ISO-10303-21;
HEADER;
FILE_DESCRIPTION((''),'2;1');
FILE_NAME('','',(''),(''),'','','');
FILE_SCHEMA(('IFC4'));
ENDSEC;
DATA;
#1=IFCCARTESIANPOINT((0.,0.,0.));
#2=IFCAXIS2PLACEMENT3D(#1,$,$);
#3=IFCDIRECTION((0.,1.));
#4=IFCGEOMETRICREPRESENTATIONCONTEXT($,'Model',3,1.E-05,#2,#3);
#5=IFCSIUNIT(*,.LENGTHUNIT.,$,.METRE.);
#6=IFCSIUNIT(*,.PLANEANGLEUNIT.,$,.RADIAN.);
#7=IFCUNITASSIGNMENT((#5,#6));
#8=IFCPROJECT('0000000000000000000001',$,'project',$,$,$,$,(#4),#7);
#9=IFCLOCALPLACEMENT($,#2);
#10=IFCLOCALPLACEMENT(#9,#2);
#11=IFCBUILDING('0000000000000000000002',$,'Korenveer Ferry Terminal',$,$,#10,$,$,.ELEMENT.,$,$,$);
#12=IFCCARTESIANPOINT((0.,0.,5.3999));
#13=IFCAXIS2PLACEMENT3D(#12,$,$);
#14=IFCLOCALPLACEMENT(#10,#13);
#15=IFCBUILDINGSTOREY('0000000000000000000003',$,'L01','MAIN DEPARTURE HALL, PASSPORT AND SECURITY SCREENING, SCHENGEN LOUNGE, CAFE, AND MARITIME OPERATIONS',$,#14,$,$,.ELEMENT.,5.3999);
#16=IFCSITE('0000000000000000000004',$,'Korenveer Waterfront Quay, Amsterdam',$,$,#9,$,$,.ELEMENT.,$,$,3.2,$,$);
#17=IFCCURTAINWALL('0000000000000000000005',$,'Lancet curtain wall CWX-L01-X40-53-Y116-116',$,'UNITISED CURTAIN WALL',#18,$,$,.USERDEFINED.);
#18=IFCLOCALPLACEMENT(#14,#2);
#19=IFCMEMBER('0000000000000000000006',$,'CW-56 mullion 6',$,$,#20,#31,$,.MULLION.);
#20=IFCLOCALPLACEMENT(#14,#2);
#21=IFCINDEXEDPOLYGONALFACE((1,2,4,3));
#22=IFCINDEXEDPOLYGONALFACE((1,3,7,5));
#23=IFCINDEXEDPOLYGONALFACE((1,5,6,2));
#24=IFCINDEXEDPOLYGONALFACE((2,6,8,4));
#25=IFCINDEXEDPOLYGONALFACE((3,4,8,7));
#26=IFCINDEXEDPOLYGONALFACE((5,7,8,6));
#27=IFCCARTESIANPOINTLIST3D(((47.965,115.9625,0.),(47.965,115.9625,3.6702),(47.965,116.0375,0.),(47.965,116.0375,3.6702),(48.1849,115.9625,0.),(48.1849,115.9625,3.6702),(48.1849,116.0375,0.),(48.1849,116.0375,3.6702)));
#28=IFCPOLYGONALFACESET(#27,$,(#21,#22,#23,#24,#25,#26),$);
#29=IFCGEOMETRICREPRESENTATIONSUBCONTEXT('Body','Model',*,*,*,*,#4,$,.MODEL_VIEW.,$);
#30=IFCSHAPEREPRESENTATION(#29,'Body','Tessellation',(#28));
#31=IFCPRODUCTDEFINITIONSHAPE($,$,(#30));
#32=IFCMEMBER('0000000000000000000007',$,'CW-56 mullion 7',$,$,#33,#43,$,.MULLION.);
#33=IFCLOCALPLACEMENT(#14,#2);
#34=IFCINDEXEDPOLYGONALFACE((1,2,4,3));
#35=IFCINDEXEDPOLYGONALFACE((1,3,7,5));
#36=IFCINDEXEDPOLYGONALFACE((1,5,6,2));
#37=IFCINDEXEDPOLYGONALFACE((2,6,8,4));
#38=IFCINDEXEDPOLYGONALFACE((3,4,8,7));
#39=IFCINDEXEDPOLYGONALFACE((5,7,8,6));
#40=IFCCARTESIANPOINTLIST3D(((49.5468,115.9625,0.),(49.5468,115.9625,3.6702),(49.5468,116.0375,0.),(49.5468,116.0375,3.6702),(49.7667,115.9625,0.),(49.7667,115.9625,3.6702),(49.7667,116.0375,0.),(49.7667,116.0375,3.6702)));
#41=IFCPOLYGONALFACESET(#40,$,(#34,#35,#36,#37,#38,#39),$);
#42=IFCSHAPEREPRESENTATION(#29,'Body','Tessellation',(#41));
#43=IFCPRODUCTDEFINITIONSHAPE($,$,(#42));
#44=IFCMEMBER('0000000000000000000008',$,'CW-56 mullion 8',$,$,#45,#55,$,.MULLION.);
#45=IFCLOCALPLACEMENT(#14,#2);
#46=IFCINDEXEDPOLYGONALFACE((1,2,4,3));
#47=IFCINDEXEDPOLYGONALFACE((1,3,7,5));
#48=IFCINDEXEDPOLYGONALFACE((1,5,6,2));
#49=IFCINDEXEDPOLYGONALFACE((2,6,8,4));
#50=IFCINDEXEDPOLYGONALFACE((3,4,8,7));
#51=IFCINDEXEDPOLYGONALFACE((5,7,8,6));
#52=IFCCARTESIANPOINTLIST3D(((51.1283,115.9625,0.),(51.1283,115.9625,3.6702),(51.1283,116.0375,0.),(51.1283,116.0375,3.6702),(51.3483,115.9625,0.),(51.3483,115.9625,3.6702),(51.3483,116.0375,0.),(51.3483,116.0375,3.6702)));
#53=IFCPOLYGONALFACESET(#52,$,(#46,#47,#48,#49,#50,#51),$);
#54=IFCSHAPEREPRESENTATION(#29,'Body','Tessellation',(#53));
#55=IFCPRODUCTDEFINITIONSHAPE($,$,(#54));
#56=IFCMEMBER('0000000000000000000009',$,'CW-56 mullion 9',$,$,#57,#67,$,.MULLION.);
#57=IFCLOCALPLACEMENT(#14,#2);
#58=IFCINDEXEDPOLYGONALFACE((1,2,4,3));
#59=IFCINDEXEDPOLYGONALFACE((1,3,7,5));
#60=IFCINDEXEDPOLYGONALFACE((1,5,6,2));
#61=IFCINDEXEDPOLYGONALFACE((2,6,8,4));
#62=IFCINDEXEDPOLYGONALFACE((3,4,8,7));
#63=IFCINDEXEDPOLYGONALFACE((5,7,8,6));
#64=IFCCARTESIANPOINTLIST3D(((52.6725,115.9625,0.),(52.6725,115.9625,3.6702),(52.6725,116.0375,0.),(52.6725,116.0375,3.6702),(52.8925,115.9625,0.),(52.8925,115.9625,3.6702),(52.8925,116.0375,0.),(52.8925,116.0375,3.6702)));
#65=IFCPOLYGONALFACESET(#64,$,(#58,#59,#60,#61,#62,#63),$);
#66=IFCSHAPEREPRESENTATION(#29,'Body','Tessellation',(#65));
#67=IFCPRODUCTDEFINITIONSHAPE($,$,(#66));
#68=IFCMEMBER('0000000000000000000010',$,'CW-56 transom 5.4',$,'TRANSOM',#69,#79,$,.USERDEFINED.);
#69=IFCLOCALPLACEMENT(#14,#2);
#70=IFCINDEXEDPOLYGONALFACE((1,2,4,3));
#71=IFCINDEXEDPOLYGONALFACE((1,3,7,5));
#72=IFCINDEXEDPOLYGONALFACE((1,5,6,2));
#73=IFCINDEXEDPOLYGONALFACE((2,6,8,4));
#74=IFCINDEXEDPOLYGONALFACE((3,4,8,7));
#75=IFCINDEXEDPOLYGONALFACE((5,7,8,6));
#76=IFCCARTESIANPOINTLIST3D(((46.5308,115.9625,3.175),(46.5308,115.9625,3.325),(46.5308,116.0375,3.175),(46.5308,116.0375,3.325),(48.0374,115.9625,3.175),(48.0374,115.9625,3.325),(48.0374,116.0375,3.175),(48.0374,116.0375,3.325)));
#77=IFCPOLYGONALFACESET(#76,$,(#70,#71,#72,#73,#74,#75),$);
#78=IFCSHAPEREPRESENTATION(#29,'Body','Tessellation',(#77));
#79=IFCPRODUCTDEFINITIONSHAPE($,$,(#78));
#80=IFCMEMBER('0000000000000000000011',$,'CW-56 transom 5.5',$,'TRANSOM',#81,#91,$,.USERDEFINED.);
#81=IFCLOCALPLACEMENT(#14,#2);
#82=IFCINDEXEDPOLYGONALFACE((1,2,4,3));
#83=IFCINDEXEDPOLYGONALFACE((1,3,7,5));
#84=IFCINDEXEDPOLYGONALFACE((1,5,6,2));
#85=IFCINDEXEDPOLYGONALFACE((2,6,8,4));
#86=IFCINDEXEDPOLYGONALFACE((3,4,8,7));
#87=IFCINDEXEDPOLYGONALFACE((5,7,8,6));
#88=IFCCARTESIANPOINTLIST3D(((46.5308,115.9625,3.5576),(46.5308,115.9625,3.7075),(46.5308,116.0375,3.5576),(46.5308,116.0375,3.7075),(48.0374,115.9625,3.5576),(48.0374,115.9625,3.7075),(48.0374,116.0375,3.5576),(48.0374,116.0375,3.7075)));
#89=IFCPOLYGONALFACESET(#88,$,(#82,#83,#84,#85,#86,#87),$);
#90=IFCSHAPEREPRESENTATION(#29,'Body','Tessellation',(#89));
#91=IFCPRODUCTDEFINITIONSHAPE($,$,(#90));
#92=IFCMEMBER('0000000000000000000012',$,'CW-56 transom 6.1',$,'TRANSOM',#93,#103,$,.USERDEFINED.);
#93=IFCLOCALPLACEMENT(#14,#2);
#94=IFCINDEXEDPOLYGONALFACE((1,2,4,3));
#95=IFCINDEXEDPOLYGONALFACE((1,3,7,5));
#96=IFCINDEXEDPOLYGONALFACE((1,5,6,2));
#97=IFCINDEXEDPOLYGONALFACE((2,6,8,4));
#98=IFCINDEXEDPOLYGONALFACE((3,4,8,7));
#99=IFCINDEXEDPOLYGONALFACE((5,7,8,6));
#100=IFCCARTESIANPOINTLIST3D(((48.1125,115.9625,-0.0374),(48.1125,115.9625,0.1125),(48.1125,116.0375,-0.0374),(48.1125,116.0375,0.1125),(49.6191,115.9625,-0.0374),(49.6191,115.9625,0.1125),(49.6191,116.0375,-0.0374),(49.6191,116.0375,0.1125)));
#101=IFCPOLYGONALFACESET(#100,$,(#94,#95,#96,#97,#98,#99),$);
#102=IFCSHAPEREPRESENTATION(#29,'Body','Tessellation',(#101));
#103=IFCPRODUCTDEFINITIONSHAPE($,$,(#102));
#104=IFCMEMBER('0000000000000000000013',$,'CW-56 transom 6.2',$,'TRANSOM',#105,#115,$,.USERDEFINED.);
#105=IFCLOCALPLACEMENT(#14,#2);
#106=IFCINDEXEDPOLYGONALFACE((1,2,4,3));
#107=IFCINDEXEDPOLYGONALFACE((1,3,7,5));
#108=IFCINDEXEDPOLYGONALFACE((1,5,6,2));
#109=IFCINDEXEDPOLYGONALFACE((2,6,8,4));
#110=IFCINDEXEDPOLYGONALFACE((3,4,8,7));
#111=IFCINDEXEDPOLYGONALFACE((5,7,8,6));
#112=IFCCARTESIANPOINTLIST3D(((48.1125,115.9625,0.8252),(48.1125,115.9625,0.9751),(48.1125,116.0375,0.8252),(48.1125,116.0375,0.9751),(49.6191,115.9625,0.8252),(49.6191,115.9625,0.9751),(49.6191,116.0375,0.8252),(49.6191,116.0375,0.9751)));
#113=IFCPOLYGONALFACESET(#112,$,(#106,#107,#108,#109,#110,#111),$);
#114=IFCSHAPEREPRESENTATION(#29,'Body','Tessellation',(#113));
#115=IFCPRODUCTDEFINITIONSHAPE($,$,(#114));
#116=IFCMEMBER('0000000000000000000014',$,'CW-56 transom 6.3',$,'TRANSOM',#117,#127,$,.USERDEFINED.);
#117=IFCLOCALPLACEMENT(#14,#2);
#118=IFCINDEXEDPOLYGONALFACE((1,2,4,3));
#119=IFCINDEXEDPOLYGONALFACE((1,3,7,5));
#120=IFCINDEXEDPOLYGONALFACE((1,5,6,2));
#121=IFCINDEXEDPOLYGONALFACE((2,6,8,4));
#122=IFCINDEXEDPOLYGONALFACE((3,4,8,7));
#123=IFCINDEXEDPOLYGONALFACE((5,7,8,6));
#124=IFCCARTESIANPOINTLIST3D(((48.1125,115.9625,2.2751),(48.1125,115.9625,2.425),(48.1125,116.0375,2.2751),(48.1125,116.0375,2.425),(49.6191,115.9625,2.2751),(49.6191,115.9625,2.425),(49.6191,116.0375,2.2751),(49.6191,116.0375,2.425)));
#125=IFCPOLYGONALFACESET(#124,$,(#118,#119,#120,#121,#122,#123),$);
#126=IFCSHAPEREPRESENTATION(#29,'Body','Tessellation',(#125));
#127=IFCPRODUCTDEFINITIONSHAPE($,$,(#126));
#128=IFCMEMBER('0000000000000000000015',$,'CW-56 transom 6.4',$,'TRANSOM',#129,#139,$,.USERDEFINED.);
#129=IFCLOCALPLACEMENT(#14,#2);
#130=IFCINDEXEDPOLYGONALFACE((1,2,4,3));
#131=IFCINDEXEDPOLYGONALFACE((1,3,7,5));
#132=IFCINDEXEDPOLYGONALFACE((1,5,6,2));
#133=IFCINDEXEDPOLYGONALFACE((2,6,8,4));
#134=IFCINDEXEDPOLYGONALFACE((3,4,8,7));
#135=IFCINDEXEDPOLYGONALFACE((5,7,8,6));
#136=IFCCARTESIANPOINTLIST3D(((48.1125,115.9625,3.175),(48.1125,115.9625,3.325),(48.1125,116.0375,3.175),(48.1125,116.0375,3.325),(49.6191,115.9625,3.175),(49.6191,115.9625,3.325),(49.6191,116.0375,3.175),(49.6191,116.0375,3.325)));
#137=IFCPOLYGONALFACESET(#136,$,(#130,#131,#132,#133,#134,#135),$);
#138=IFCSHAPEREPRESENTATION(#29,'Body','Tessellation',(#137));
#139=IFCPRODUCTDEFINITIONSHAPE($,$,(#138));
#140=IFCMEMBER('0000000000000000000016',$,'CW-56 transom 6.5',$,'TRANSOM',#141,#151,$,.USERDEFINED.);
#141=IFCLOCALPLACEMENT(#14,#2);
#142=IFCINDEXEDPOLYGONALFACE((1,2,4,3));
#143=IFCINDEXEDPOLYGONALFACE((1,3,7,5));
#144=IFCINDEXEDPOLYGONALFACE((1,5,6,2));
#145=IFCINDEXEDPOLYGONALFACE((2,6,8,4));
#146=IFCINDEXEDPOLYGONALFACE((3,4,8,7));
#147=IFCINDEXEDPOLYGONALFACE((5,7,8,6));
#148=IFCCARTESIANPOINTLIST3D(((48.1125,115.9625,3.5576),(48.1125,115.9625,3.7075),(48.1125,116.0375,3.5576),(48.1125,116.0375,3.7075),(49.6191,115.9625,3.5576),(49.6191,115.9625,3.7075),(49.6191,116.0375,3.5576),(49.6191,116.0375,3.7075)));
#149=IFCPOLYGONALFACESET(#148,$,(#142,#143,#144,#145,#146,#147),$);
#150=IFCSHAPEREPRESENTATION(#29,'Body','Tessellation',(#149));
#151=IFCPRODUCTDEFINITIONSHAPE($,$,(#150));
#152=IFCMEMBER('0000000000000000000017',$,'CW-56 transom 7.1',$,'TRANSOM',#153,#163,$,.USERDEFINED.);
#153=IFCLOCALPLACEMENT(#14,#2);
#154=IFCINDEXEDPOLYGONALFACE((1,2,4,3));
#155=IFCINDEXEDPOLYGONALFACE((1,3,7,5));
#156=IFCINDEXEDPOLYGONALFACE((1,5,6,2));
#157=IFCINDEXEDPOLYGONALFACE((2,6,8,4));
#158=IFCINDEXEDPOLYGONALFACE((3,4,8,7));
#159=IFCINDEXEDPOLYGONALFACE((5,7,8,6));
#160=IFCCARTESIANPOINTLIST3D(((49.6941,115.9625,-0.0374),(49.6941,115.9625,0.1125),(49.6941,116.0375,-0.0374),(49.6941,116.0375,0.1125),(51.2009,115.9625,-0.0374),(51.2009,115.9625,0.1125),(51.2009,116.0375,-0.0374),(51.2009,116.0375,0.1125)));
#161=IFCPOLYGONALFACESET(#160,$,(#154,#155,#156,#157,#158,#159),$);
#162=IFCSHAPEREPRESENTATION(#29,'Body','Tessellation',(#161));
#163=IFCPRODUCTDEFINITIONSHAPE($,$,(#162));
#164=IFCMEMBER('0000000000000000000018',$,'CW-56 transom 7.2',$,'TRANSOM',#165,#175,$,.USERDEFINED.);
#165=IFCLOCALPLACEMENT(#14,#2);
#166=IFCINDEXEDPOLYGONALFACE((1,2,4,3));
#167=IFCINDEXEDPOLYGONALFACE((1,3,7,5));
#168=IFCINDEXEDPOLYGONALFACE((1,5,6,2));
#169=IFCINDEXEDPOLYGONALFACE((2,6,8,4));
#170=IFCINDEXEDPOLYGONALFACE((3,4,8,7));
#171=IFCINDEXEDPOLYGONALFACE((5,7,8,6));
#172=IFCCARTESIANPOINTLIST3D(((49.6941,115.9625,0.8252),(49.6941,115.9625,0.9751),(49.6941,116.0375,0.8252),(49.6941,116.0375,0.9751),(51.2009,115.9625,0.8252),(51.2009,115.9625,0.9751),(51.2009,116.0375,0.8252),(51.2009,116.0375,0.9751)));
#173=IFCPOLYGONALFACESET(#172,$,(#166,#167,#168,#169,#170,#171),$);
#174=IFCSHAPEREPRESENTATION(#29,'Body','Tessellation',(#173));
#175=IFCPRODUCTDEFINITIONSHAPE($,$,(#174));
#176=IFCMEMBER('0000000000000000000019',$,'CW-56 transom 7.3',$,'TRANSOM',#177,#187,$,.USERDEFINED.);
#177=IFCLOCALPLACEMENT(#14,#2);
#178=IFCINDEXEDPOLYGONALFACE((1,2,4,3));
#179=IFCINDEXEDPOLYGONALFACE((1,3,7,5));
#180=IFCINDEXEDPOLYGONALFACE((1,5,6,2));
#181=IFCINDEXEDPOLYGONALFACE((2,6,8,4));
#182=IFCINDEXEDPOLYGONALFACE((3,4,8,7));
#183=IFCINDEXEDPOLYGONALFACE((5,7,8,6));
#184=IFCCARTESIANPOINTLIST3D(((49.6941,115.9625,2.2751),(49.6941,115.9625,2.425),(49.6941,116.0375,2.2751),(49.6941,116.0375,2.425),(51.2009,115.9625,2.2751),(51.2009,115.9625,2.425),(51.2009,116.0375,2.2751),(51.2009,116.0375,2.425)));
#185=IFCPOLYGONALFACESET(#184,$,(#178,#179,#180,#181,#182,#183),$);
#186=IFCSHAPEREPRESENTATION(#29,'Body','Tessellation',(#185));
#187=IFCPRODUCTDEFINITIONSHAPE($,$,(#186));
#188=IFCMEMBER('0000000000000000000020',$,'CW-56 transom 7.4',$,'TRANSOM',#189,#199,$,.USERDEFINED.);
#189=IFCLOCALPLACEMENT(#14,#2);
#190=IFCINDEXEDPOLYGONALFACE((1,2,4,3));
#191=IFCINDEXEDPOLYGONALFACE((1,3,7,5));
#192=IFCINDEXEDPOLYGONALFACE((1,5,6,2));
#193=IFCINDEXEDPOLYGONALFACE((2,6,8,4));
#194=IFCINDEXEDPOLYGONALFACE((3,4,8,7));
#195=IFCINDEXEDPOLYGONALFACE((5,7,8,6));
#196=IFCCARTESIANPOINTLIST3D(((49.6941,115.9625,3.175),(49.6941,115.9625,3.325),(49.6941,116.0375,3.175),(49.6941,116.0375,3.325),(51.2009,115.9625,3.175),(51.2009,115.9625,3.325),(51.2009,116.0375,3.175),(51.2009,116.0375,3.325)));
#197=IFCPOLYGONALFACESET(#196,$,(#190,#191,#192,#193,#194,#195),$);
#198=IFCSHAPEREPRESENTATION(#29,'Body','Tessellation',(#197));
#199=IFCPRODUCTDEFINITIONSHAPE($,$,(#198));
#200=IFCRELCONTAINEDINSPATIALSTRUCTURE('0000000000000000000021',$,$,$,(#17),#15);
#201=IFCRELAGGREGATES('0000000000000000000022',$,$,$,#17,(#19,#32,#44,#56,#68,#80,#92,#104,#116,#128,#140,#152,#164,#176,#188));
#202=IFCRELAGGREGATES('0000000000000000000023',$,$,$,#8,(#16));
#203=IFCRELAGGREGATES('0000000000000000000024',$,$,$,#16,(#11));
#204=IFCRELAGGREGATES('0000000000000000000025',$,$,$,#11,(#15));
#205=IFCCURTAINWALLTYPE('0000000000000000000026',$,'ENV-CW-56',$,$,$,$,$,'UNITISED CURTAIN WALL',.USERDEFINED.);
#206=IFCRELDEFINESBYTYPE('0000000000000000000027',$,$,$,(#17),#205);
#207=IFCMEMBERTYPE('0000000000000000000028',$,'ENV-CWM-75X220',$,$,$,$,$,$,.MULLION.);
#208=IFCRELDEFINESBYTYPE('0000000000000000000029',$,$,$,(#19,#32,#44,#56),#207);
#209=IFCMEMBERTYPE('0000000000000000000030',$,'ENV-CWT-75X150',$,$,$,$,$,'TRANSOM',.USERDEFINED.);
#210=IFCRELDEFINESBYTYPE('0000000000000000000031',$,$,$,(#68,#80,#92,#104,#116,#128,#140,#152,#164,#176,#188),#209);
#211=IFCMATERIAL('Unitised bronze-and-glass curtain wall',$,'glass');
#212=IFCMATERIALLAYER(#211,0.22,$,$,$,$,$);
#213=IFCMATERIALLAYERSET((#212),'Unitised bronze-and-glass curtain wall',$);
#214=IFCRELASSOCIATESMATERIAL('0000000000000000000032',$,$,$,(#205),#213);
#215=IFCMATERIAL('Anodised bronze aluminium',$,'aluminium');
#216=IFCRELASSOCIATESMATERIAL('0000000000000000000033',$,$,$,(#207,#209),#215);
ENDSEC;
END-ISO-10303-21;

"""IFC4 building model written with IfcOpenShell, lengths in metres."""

from ifc_helpers import new_model, si_unit, direction, frame, origin, origin_2d, place, context, subcontext, project, spatial, rectangle, extrude, material, layer, layer_set, material_profile, profile_set, type_object, element, aggregate, save


model = new_model("IFC4")

# Units and contexts
model_context = context("Model", 3, precision=1e-05, world=origin(), true_north=direction((0.0, 1.0)))
body_context = subcontext(model_context, "Body", "Model", "MODEL_VIEW")
ifc_project = project(units=[si_unit("LENGTHUNIT", "METRE"), si_unit("PLANEANGLEUNIT", "RADIAN")], contexts=[model_context])

# Site, building, storey
site_placement = place(None, origin())
site = spatial("IfcSite", under=ifc_project, at=site_placement, Name="Korenveer Waterfront Quay, Amsterdam", CompositionType="ELEMENT", RefElevation=3.2)
building_placement = place(site_placement, origin())
building = spatial("IfcBuilding", under=site, at=building_placement, Name="Korenveer Ferry Terminal", CompositionType="ELEMENT")
storey_placement = place(building_placement, frame((0.0, 0.0, 5.3999)))
storey = spatial("IfcBuildingStorey", under=building, at=storey_placement, Name="L01", Description="MAIN DEPARTURE HALL, PASSPORT AND SECURITY SCREENING, SCHENGEN LOUNGE, CAFE, AND MARITIME OPERATIONS", CompositionType="ELEMENT", Elevation=5.3999)

# Curtain wall, members
ifc_material_1 = material(Name="Unitised bronze-and-glass curtain wall", Category="glass")
ifc_layer_1 = layer(ifc_material_1, 0.22)
ifc_layer_set_1 = layer_set([ifc_layer_1], Name="Unitised bronze-and-glass curtain wall")
curtain_wall_type = type_object("IfcCurtainWallType", Name="ENV-CW-56", ElementType="UNITISED CURTAIN WALL", PredefinedType="USERDEFINED", material=ifc_layer_set_1)
curtain_wall_placement = place(storey_placement, frame((40.1665, 116.0, 0.0)))
curtain_wall = element("IfcCurtainWall", 1, at=curtain_wall_placement, inside=storey, type_object=curtain_wall_type, Name="Lancet curtain wall CWX-L01-X40-53-Y116-116", ObjectType="UNITISED CURTAIN WALL", PredefinedType="USERDEFINED")
ifc_material_2 = material(Name="Anodised bronze aluminium", Category="aluminium")
ifc_material_profile_1 = material_profile(ifc_material_2, rectangle(XDim=0.075, YDim=0.22, at=origin_2d()), Name="ALU 75x220")
ifc_profile_set_1 = profile_set([ifc_material_profile_1], Name="Anodised bronze aluminium")
member_type_1 = type_object("IfcMemberType", Name="ENV-CWM-75X220", PredefinedType="MULLION", material=ifc_profile_set_1)
member_1_placement = place(storey_placement, frame((48.075, 116.0, 0.0), z_axis=(0.0, 0.0, 1.0), x_axis=(0.0, 1.0, 0.0)))
member_1 = element("IfcMember", 2, at=member_1_placement, type_object=member_type_1, Name="CW-56 mullion 6", PredefinedType="MULLION", context=body_context, shape_type="SweptSolid", body=[
    extrude(rectangle(XDim=0.075, YDim=0.22, at=origin_2d()), origin(), (0.0, 0.0, 1.0), 3.6702),
])
member_2_placement = place(storey_placement, frame((49.6567, 116.0, 0.0), z_axis=(0.0, 0.0, 1.0), x_axis=(0.0, 1.0, 0.0)))
member_2 = element("IfcMember", 3, at=member_2_placement, type_object=member_type_1, Name="CW-56 mullion 7", PredefinedType="MULLION", context=body_context, shape_type="SweptSolid", body=[
    extrude(rectangle(XDim=0.075, YDim=0.22, at=origin_2d()), origin(), (0.0, 0.0, 1.0), 3.6702),
])
member_3_placement = place(storey_placement, frame((51.2383, 116.0, 0.0), z_axis=(0.0, 0.0, 1.0), x_axis=(0.0, 1.0, 0.0)))
member_3 = element("IfcMember", 4, at=member_3_placement, type_object=member_type_1, Name="CW-56 mullion 8", PredefinedType="MULLION", context=body_context, shape_type="SweptSolid", body=[
    extrude(rectangle(XDim=0.075, YDim=0.22, at=origin_2d()), origin(), (0.0, 0.0, 1.0), 3.6702),
])
member_4_placement = place(storey_placement, frame((52.7825, 116.0, 0.0), z_axis=(0.0, 0.0, 1.0), x_axis=(0.0, 1.0, 0.0)))
member_4 = element("IfcMember", 5, at=member_4_placement, type_object=member_type_1, Name="CW-56 mullion 9", PredefinedType="MULLION", context=body_context, shape_type="SweptSolid", body=[
    extrude(rectangle(XDim=0.075, YDim=0.22, at=origin_2d()), origin(), (0.0, 0.0, 1.0), 3.6702),
])
ifc_material_profile_2 = material_profile(ifc_material_2, rectangle(XDim=0.075, YDim=0.1499, at=origin_2d()), Name="ALU 75x150")
ifc_profile_set_2 = profile_set([ifc_material_profile_2], Name="Anodised bronze aluminium")
member_type_2 = type_object("IfcMemberType", Name="ENV-CWT-75X150", ElementType="TRANSOM", PredefinedType="USERDEFINED", material=ifc_profile_set_2)
member_5_placement = place(storey_placement, frame((46.5308, 116.0, 3.25), z_axis=(1.0, 0.0, 0.0), x_axis=(0.0, 1.0, 0.0)))
member_5 = element("IfcMember", 6, at=member_5_placement, type_object=member_type_2, Name="CW-56 transom 5.4", ObjectType="TRANSOM", PredefinedType="USERDEFINED", context=body_context, shape_type="SweptSolid", body=[
    extrude(rectangle(XDim=0.075, YDim=0.1499, at=origin_2d()), origin(), (0.0, 0.0, 1.0), 1.5066),
])
member_6_placement = place(storey_placement, frame((46.5308, 116.0, 3.6326), z_axis=(1.0, 0.0, 0.0), x_axis=(0.0, 1.0, 0.0)))
member_6 = element("IfcMember", 7, at=member_6_placement, type_object=member_type_2, Name="CW-56 transom 5.5", ObjectType="TRANSOM", PredefinedType="USERDEFINED", context=body_context, shape_type="SweptSolid", body=[
    extrude(rectangle(XDim=0.075, YDim=0.1499, at=origin_2d()), origin(), (0.0, 0.0, 1.0), 1.5066),
])
member_7_placement = place(storey_placement, frame((48.1125, 116.0, 0.0376), z_axis=(1.0, 0.0, 0.0), x_axis=(0.0, 1.0, 0.0)))
member_7 = element("IfcMember", 8, at=member_7_placement, type_object=member_type_2, Name="CW-56 transom 6.1", ObjectType="TRANSOM", PredefinedType="USERDEFINED", context=body_context, shape_type="SweptSolid", body=[
    extrude(rectangle(XDim=0.075, YDim=0.1499, at=origin_2d()), origin(), (0.0, 0.0, 1.0), 1.5066),
])
member_8_placement = place(storey_placement, frame((48.1125, 116.0, 0.9001), z_axis=(1.0, 0.0, 0.0), x_axis=(0.0, 1.0, 0.0)))
member_8 = element("IfcMember", 9, at=member_8_placement, type_object=member_type_2, Name="CW-56 transom 6.2", ObjectType="TRANSOM", PredefinedType="USERDEFINED", context=body_context, shape_type="SweptSolid", body=[
    extrude(rectangle(XDim=0.075, YDim=0.1499, at=origin_2d()), origin(), (0.0, 0.0, 1.0), 1.5066),
])
member_9_placement = place(storey_placement, frame((48.1125, 116.0, 2.3501), z_axis=(1.0, 0.0, 0.0), x_axis=(0.0, 1.0, 0.0)))
member_9 = element("IfcMember", 10, at=member_9_placement, type_object=member_type_2, Name="CW-56 transom 6.3", ObjectType="TRANSOM", PredefinedType="USERDEFINED", context=body_context, shape_type="SweptSolid", body=[
    extrude(rectangle(XDim=0.075, YDim=0.1499, at=origin_2d()), origin(), (0.0, 0.0, 1.0), 1.5066),
])
member_10_placement = place(storey_placement, frame((48.1125, 116.0, 3.25), z_axis=(1.0, 0.0, 0.0), x_axis=(0.0, 1.0, 0.0)))
member_10 = element("IfcMember", 11, at=member_10_placement, type_object=member_type_2, Name="CW-56 transom 6.4", ObjectType="TRANSOM", PredefinedType="USERDEFINED", context=body_context, shape_type="SweptSolid", body=[
    extrude(rectangle(XDim=0.075, YDim=0.1499, at=origin_2d()), origin(), (0.0, 0.0, 1.0), 1.5066),
])
member_11_placement = place(storey_placement, frame((48.1125, 116.0, 3.6326), z_axis=(1.0, 0.0, 0.0), x_axis=(0.0, 1.0, 0.0)))
member_11 = element("IfcMember", 12, at=member_11_placement, type_object=member_type_2, Name="CW-56 transom 6.5", ObjectType="TRANSOM", PredefinedType="USERDEFINED", context=body_context, shape_type="SweptSolid", body=[
    extrude(rectangle(XDim=0.075, YDim=0.1499, at=origin_2d()), origin(), (0.0, 0.0, 1.0), 1.5066),
])
member_12_placement = place(storey_placement, frame((49.6941, 116.0, 0.0376), z_axis=(1.0, 0.0, 0.0), x_axis=(0.0, 1.0, 0.0)))
member_12 = element("IfcMember", 13, at=member_12_placement, type_object=member_type_2, Name="CW-56 transom 7.1", ObjectType="TRANSOM", PredefinedType="USERDEFINED", context=body_context, shape_type="SweptSolid", body=[
    extrude(rectangle(XDim=0.075, YDim=0.1499, at=origin_2d()), origin(), (0.0, 0.0, 1.0), 1.5068),
])
member_13_placement = place(storey_placement, frame((49.6941, 116.0, 0.9001), z_axis=(1.0, 0.0, 0.0), x_axis=(0.0, 1.0, 0.0)))
member_13 = element("IfcMember", 14, at=member_13_placement, type_object=member_type_2, Name="CW-56 transom 7.2", ObjectType="TRANSOM", PredefinedType="USERDEFINED", context=body_context, shape_type="SweptSolid", body=[
    extrude(rectangle(XDim=0.075, YDim=0.1499, at=origin_2d()), origin(), (0.0, 0.0, 1.0), 1.5068),
])
member_14_placement = place(storey_placement, frame((49.6941, 116.0, 2.3501), z_axis=(1.0, 0.0, 0.0), x_axis=(0.0, 1.0, 0.0)))
member_14 = element("IfcMember", 15, at=member_14_placement, type_object=member_type_2, Name="CW-56 transom 7.3", ObjectType="TRANSOM", PredefinedType="USERDEFINED", context=body_context, shape_type="SweptSolid", body=[
    extrude(rectangle(XDim=0.075, YDim=0.1499, at=origin_2d()), origin(), (0.0, 0.0, 1.0), 1.5068),
])
member_15_placement = place(storey_placement, frame((49.6941, 116.0, 3.25), z_axis=(1.0, 0.0, 0.0), x_axis=(0.0, 1.0, 0.0)))
member_15 = element("IfcMember", 16, at=member_15_placement, type_object=member_type_2, Name="CW-56 transom 7.4", ObjectType="TRANSOM", PredefinedType="USERDEFINED", context=body_context, shape_type="SweptSolid", body=[
    extrude(rectangle(XDim=0.075, YDim=0.1499, at=origin_2d()), origin(), (0.0, 0.0, 1.0), 1.5068),
])
aggregate(curtain_wall, [member_1, member_2, member_3, member_4, member_5, member_6, member_7, member_8, member_9, member_10, member_11, member_12, member_13, member_14, member_15])

save(model, "model.ifc")
